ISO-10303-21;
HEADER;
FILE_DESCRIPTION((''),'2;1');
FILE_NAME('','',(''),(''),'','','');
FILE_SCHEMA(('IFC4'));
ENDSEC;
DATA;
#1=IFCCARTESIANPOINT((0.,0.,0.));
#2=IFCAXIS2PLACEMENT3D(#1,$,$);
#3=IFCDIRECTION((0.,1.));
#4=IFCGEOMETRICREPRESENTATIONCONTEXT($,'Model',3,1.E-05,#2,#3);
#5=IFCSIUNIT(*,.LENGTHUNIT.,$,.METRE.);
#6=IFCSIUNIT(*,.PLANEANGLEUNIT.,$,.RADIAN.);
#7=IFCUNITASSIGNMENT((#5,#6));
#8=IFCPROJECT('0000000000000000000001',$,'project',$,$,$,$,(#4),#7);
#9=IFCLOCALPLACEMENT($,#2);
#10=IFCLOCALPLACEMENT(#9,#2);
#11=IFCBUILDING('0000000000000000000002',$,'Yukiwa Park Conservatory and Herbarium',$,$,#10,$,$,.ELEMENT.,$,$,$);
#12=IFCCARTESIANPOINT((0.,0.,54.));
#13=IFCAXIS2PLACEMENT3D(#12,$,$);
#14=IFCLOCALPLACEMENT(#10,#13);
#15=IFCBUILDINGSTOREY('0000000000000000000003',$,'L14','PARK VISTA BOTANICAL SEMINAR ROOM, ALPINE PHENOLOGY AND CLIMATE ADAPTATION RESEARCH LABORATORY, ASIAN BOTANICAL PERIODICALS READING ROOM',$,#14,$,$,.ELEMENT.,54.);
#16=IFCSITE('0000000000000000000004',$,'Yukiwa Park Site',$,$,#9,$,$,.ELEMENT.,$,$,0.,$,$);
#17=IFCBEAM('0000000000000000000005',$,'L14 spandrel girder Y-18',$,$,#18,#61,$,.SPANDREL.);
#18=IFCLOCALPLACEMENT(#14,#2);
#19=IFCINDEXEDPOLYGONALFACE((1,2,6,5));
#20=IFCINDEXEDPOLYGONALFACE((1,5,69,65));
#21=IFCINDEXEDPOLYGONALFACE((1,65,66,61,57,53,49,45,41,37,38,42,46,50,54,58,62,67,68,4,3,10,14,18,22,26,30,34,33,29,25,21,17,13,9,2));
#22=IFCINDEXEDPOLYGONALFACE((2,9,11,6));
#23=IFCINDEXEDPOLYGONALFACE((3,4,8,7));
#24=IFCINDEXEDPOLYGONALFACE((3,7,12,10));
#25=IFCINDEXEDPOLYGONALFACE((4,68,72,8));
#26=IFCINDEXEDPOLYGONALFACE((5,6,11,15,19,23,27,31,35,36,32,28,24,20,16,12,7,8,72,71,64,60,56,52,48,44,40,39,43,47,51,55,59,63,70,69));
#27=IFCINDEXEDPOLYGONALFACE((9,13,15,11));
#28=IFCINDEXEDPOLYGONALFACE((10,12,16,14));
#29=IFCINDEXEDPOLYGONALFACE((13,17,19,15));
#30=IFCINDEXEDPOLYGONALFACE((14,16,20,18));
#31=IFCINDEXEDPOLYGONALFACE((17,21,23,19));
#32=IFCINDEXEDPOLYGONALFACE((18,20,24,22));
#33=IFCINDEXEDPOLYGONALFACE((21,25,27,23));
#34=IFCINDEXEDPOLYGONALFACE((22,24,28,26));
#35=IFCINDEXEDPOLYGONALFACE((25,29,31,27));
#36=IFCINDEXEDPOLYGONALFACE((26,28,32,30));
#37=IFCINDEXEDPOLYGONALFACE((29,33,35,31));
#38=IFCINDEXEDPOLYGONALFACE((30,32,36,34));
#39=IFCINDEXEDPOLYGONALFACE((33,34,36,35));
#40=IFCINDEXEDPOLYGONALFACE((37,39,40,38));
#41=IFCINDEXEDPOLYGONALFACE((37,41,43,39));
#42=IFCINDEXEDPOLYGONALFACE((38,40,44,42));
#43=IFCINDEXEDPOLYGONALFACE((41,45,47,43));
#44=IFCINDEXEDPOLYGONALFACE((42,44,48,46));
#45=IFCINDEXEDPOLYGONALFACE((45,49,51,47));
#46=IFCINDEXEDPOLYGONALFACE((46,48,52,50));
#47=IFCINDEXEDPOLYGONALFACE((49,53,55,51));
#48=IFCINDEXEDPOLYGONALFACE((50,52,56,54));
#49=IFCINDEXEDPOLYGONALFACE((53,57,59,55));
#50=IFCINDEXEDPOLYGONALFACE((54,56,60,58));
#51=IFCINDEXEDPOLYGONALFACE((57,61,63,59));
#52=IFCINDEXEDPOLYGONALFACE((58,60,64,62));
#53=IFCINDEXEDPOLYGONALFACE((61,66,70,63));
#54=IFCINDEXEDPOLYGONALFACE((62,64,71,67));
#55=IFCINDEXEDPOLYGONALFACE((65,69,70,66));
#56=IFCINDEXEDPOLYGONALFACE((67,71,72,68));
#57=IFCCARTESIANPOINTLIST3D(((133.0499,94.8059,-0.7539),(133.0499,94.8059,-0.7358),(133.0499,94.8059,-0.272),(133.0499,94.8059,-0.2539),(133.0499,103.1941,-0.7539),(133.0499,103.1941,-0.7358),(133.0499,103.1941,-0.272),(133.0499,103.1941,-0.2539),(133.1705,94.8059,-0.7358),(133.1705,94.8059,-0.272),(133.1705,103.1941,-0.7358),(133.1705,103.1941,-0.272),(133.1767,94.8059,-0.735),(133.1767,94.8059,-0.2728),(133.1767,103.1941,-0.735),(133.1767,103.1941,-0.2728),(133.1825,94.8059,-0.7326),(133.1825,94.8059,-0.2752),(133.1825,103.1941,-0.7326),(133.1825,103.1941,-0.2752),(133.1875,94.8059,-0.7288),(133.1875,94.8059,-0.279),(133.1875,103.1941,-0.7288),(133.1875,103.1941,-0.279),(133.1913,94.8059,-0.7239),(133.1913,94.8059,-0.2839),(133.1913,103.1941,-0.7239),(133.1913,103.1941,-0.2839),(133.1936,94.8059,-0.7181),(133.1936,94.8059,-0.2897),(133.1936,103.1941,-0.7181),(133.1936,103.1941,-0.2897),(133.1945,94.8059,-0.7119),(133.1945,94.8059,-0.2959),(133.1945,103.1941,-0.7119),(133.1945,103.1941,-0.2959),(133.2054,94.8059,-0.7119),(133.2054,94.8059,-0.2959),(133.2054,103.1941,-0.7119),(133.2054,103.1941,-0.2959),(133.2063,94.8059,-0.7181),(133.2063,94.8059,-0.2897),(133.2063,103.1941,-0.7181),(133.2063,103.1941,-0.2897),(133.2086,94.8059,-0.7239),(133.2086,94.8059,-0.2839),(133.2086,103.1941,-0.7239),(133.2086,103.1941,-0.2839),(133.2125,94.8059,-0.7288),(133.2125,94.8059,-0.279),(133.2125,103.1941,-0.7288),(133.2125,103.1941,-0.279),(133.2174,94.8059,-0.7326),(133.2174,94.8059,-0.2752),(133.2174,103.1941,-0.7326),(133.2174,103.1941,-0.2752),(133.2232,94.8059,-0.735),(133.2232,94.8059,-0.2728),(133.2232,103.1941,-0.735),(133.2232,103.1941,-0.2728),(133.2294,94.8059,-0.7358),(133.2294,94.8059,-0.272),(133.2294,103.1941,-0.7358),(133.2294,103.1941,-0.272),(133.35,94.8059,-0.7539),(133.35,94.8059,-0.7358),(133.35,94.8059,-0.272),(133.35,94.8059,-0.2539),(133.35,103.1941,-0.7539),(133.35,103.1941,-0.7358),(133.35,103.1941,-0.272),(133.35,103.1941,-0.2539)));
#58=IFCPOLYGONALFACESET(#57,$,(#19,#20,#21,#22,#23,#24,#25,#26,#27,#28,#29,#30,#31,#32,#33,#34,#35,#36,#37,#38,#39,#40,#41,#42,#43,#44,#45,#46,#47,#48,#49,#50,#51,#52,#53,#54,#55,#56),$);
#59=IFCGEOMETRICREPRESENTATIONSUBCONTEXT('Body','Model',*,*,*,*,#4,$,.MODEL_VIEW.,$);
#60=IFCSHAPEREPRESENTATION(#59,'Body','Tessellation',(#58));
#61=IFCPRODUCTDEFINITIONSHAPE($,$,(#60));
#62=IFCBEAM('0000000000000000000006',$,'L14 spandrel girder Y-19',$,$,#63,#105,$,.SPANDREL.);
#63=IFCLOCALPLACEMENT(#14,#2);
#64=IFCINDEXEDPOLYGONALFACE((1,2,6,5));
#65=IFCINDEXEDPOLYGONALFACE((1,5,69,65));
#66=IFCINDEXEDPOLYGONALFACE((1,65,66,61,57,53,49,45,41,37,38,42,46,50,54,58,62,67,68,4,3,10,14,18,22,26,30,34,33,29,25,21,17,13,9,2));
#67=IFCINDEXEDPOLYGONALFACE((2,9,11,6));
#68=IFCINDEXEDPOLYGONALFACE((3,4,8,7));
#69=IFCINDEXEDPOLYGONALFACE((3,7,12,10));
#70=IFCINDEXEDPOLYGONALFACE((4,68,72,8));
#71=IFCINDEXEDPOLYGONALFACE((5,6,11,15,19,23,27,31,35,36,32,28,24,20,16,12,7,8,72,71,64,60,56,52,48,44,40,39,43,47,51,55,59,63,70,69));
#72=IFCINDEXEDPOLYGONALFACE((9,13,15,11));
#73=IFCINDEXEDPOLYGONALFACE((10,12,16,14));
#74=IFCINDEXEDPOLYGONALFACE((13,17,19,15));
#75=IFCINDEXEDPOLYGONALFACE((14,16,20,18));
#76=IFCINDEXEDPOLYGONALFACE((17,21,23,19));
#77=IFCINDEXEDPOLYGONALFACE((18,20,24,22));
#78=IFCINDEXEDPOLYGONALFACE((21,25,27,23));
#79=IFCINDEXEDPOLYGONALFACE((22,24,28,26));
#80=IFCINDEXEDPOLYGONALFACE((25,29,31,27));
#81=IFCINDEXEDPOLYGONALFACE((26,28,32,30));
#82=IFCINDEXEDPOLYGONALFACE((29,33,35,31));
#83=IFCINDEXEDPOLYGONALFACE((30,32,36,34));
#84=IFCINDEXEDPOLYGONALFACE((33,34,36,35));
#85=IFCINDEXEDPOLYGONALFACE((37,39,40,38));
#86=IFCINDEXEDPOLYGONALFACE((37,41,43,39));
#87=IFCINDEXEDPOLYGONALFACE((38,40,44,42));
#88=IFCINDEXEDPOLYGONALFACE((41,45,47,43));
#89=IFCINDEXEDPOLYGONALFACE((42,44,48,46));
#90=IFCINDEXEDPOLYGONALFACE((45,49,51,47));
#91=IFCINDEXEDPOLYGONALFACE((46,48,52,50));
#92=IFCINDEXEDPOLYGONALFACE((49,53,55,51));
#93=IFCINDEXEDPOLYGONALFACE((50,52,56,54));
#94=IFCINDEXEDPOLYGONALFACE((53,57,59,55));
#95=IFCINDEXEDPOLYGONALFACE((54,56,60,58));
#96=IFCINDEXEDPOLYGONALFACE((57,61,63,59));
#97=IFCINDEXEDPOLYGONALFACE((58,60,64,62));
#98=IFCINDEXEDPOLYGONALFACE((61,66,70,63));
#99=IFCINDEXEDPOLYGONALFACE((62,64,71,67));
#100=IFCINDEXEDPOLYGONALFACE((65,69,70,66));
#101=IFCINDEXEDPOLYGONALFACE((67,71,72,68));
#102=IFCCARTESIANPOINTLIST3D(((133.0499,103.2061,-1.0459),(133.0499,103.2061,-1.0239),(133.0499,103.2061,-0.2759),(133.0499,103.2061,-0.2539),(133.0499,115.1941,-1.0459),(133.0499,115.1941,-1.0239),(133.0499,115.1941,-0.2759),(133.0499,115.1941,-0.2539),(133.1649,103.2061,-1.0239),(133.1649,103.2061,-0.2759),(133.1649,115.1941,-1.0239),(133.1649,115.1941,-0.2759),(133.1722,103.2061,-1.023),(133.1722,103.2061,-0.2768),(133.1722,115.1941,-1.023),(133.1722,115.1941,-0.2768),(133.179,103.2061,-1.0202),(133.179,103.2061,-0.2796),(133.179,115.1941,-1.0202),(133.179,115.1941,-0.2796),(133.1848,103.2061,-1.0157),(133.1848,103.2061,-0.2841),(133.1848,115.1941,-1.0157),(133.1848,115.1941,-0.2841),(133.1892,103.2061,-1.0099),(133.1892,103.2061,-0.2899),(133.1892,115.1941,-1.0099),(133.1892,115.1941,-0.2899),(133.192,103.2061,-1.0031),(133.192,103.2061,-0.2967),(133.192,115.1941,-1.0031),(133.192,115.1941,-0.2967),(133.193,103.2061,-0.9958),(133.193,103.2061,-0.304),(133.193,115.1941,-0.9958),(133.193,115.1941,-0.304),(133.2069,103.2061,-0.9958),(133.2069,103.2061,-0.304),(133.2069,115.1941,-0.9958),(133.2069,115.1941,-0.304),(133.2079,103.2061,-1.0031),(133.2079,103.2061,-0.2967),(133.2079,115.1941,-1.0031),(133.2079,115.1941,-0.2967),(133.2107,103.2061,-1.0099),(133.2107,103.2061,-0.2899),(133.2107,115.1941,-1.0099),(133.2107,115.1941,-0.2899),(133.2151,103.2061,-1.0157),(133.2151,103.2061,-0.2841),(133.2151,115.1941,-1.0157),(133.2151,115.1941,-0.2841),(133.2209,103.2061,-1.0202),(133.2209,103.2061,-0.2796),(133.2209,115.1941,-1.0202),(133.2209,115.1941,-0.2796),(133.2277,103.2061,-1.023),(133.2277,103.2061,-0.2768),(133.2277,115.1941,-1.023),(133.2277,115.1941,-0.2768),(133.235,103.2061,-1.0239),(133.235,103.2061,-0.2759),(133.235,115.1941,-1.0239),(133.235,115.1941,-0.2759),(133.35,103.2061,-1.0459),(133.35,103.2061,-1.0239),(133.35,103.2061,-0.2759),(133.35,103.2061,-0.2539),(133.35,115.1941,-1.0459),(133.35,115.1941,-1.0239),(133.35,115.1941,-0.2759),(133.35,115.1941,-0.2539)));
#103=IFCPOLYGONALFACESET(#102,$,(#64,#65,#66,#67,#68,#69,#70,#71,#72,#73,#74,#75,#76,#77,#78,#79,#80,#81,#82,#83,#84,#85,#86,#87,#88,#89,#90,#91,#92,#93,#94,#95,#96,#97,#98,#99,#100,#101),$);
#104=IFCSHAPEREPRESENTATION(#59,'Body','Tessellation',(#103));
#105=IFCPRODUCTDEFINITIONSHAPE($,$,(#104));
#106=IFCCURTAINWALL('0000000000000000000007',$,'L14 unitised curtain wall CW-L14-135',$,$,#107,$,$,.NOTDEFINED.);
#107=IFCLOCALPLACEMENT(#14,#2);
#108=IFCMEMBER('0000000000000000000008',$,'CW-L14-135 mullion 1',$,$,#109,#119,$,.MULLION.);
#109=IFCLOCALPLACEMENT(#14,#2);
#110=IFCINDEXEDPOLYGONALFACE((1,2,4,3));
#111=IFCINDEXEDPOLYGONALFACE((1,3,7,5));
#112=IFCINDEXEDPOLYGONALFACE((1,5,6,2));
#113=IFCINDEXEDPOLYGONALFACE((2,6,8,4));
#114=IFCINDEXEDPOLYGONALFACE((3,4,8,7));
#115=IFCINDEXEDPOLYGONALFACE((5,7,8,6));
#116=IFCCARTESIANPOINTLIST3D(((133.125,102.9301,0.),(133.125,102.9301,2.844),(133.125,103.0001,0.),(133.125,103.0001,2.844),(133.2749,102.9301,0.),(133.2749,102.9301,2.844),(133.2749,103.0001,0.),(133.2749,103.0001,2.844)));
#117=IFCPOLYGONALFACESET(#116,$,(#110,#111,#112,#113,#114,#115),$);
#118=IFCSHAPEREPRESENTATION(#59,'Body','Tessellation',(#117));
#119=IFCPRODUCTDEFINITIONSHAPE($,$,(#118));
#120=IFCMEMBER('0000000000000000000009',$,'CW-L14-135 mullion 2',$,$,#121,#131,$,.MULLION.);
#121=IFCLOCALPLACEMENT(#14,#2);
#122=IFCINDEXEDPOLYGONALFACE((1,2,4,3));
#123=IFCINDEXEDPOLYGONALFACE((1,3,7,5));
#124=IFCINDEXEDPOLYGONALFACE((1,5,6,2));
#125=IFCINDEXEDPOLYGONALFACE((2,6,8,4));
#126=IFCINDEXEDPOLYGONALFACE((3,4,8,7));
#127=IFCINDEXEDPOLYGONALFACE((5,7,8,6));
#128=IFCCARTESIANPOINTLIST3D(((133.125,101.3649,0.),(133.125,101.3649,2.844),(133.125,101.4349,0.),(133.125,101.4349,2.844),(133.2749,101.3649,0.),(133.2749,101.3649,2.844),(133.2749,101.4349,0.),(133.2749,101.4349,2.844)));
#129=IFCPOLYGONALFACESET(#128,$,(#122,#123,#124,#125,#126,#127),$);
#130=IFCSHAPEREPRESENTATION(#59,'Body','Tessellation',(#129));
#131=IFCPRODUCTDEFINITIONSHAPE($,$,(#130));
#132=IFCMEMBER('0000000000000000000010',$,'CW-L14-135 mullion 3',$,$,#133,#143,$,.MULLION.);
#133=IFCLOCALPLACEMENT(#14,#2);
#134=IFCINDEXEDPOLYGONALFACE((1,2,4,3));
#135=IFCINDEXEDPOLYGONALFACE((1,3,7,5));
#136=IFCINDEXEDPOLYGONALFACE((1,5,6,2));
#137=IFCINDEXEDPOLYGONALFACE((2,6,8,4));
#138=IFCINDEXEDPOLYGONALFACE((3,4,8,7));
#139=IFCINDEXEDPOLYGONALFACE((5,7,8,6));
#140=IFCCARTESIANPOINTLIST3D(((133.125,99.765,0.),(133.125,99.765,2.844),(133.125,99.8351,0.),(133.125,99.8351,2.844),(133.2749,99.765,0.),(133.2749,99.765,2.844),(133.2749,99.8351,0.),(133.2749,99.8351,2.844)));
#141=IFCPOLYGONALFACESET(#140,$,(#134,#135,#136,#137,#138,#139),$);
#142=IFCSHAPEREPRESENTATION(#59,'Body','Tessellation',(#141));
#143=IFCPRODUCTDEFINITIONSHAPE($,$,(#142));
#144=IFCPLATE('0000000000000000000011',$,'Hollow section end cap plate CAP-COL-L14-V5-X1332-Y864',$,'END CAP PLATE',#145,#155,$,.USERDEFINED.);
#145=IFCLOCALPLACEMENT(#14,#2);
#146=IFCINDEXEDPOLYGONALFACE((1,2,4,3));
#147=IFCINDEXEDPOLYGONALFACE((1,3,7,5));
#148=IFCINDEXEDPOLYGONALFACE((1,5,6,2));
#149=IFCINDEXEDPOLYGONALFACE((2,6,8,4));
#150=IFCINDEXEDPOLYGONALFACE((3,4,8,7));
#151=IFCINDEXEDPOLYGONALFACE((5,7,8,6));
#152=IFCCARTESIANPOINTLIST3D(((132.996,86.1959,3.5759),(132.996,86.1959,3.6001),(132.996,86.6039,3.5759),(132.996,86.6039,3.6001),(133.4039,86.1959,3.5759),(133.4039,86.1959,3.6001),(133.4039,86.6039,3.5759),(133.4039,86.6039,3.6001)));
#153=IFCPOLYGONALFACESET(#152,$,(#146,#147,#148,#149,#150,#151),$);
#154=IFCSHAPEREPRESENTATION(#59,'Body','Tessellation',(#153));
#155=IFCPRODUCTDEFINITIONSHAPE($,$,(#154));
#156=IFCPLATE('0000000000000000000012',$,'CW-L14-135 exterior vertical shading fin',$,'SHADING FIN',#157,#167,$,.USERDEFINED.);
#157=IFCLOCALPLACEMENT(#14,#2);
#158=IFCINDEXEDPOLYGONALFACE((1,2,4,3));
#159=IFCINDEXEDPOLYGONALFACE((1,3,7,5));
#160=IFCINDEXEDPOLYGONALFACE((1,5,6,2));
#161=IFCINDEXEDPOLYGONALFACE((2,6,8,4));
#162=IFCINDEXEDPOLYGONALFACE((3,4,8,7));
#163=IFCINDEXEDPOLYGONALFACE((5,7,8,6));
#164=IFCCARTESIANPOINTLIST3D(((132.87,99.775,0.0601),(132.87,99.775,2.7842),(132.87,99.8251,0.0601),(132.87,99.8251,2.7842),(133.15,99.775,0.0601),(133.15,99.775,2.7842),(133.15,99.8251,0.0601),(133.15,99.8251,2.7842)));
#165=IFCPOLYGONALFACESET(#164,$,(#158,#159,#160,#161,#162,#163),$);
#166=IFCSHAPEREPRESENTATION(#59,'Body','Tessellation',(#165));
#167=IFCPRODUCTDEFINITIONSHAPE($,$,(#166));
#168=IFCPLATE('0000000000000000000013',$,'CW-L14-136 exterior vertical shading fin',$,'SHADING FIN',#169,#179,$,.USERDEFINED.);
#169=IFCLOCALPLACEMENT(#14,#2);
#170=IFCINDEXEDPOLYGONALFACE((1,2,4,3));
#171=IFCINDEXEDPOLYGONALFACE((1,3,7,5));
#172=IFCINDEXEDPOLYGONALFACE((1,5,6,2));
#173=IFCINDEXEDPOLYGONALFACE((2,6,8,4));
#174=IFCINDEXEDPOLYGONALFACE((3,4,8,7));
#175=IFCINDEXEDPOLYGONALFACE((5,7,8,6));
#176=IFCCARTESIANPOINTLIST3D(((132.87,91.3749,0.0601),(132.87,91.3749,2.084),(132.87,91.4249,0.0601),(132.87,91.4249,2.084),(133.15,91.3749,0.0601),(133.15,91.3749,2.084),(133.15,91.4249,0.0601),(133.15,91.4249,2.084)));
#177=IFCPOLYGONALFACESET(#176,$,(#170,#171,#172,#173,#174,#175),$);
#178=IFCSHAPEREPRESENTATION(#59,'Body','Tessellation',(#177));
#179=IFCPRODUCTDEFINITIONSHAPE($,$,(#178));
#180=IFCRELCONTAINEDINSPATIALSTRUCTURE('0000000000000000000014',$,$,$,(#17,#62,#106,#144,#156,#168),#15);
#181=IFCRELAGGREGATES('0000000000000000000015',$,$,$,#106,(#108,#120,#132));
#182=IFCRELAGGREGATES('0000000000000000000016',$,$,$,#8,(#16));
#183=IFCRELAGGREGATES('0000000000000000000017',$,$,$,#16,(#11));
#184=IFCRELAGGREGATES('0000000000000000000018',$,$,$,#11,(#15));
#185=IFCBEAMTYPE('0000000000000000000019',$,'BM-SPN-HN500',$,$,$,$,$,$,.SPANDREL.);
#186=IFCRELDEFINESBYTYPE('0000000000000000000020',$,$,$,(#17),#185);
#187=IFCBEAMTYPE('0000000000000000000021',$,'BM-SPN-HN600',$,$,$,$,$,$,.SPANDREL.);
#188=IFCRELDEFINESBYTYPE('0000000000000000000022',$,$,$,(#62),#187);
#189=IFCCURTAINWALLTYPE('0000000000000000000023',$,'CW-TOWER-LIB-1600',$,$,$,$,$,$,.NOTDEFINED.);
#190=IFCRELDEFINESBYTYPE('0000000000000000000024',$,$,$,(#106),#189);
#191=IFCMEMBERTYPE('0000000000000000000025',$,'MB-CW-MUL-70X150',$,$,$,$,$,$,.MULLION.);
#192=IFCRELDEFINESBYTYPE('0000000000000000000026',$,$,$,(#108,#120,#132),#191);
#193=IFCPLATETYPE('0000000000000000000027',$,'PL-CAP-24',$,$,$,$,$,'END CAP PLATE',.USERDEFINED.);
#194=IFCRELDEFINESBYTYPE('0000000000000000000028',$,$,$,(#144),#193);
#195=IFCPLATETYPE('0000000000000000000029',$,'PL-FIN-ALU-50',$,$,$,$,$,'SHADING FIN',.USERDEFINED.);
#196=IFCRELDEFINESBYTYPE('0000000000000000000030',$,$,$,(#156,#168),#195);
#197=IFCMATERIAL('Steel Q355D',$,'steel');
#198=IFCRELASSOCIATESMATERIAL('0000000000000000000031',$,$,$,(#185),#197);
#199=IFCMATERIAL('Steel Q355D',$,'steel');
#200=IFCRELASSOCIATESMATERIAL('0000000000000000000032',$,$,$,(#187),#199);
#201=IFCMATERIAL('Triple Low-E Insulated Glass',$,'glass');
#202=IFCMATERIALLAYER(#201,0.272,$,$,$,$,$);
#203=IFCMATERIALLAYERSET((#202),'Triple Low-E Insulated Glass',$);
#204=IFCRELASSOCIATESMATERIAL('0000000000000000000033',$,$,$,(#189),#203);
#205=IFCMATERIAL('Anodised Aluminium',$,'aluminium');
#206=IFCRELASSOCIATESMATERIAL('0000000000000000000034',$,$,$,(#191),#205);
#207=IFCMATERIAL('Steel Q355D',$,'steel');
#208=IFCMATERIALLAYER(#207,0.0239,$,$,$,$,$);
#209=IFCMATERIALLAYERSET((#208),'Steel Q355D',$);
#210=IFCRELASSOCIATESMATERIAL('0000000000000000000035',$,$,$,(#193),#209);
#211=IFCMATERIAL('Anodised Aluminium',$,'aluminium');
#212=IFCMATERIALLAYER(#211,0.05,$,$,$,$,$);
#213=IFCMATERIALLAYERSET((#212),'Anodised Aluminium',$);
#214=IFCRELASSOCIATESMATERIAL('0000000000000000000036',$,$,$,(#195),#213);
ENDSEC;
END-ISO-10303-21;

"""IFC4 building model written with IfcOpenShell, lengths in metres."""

from ifc_helpers import new_model, si_unit, direction, frame, origin, origin_2d, place, context, subcontext, project, spatial, rectangle, i_section, extrude, material, layer, layer_set, material_profile, profile_set, type_object, element, aggregate, save


model = new_model("IFC4")

# Units and contexts
model_context = context("Model", 3, precision=1e-05, world=origin(), true_north=direction((0.0, 1.0)))
body_context = subcontext(model_context, "Body", "Model", "MODEL_VIEW")
ifc_project = project(units=[si_unit("LENGTHUNIT", "METRE"), si_unit("PLANEANGLEUNIT", "RADIAN")], contexts=[model_context])

# Site, building, storey
site_placement = place(None, origin())
site = spatial("IfcSite", under=ifc_project, at=site_placement, Name="Yukiwa Park Site", CompositionType="ELEMENT", RefElevation=0.0)
building_placement = place(site_placement, origin())
building = spatial("IfcBuilding", under=site, at=building_placement, Name="Yukiwa Park Conservatory and Herbarium", CompositionType="ELEMENT")
storey_placement = place(building_placement, frame((0.0, 0.0, 54.0)))
storey = spatial("IfcBuildingStorey", under=building, at=storey_placement, Name="L14", Description="PARK VISTA BOTANICAL SEMINAR ROOM, ALPINE PHENOLOGY AND CLIMATE ADAPTATION RESEARCH LABORATORY, ASIAN BOTANICAL PERIODICALS READING ROOM", CompositionType="ELEMENT", Elevation=54.0)

# Beams
ifc_material_1 = material(Name="Steel Q355D", Category="steel")
ifc_material_profile_1 = material_profile(ifc_material_1, i_section(OverallWidth=0.3, OverallDepth=0.5, WebThickness=0.011, FlangeThickness=0.0181, FilletRadius=0.0239, at=origin_2d()), Name="HM 500x300x11x18")
ifc_profile_set_1 = profile_set([ifc_material_profile_1], Name="Steel Q355D")
beam_type_1 = type_object("IfcBeamType", Name="BM-SPN-HN500", PredefinedType="SPANDREL", material=ifc_profile_set_1)
beam_1_placement = place(storey_placement, frame((133.2, 94.8059, -0.5039), z_axis=(0.0, 1.0, 0.0), x_axis=(-1.0, 0.0, 0.0)))
element("IfcBeam", 1, at=beam_1_placement, inside=storey, type_object=beam_type_1, Name="L14 spandrel girder Y-18", PredefinedType="SPANDREL", context=body_context, shape_type="SweptSolid", body=[
    extrude(i_section(OverallWidth=0.3, OverallDepth=0.5, WebThickness=0.011, FlangeThickness=0.0181, FilletRadius=0.0239, at=origin_2d()), origin(), (0.0, 0.0, 1.0), 8.3882),
])
ifc_material_2 = material(Name="Steel Q355D", Category="steel")
ifc_material_profile_2 = material_profile(ifc_material_2, i_section(OverallWidth=0.3, OverallDepth=0.792, WebThickness=0.0139, FlangeThickness=0.022, FilletRadius=0.0281, at=origin_2d()), Name="HN 792x300x14x22")
ifc_profile_set_2 = profile_set([ifc_material_profile_2], Name="Steel Q355D")
beam_type_2 = type_object("IfcBeamType", Name="BM-SPN-HN600", PredefinedType="SPANDREL", material=ifc_profile_set_2)
beam_2_placement = place(storey_placement, frame((133.2, 103.2061, -0.6499), z_axis=(0.0, 1.0, 0.0), x_axis=(-1.0, 0.0, 0.0)))
element("IfcBeam", 2, at=beam_2_placement, inside=storey, type_object=beam_type_2, Name="L14 spandrel girder Y-19", PredefinedType="SPANDREL", context=body_context, shape_type="SweptSolid", body=[
    extrude(i_section(OverallWidth=0.3, OverallDepth=0.792, WebThickness=0.0139, FlangeThickness=0.022, FilletRadius=0.0281, at=origin_2d()), origin(), (0.0, 0.0, 1.0), 11.988),
])

# Curtain wall, members
ifc_material_3 = material(Name="Triple Low-E Insulated Glass", Category="glass")
ifc_layer_1 = layer(ifc_material_3, 0.272)
ifc_layer_set_1 = layer_set([ifc_layer_1], Name="Triple Low-E Insulated Glass")
curtain_wall_type = type_object("IfcCurtainWallType", Name="CW-TOWER-LIB-1600", PredefinedType="NOTDEFINED", material=ifc_layer_set_1)
curtain_wall_placement = place(storey_placement, origin())
curtain_wall = element("IfcCurtainWall", 3, at=curtain_wall_placement, inside=storey, type_object=curtain_wall_type, Name="L14 unitised curtain wall CW-L14-135", PredefinedType="NOTDEFINED")
ifc_material_4 = material(Name="Anodised Aluminium", Category="aluminium")
member_type = type_object("IfcMemberType", Name="MB-CW-MUL-70X150", PredefinedType="MULLION", material=ifc_material_4)
member_1_placement = place(storey_placement, frame((133.2, 102.9651, 0.0), z_axis=(0.0, 0.0, 1.0), x_axis=(0.0, -1.0, 0.0)))
member_1 = element("IfcMember", 4, at=member_1_placement, type_object=member_type, Name="CW-L14-135 mullion 1", PredefinedType="MULLION", context=body_context, shape_type="SweptSolid", body=[
    extrude(rectangle(XDim=0.0701, YDim=0.1499, at=origin_2d()), origin(), (0.0, 0.0, 1.0), 2.844),
])
member_2_placement = place(storey_placement, frame((133.2, 101.3999, 0.0), z_axis=(0.0, 0.0, 1.0), x_axis=(0.0, -1.0, 0.0)))
member_2 = element("IfcMember", 5, at=member_2_placement, type_object=member_type, Name="CW-L14-135 mullion 2", PredefinedType="MULLION", context=body_context, shape_type="SweptSolid", body=[
    extrude(rectangle(XDim=0.0701, YDim=0.1499, at=origin_2d()), origin(), (0.0, 0.0, 1.0), 2.844),
])
member_3_placement = place(storey_placement, frame((133.2, 99.8, 0.0), z_axis=(0.0, 0.0, 1.0), x_axis=(0.0, -1.0, 0.0)))
member_3 = element("IfcMember", 6, at=member_3_placement, type_object=member_type, Name="CW-L14-135 mullion 3", PredefinedType="MULLION", context=body_context, shape_type="SweptSolid", body=[
    extrude(rectangle(XDim=0.0701, YDim=0.1499, at=origin_2d()), origin(), (0.0, 0.0, 1.0), 2.844),
])
aggregate(curtain_wall, [member_1, member_2, member_3])

# Plates
ifc_material_5 = material(Name="Steel Q355D", Category="steel")
ifc_layer_2 = layer(ifc_material_5, 0.0239)
ifc_layer_set_2 = layer_set([ifc_layer_2], Name="Steel Q355D")
plate_type_1 = type_object("IfcPlateType", Name="PL-CAP-24", ElementType="END CAP PLATE", PredefinedType="USERDEFINED", material=ifc_layer_set_2)
plate_1_placement = place(storey_placement, frame((133.2, 86.3999, 3.5759), z_axis=(0.0, 0.0, 1.0), x_axis=(1.0, 0.0, 0.0)))
element("IfcPlate", 7, at=plate_1_placement, inside=storey, type_object=plate_type_1, Name="Hollow section end cap plate CAP-COL-L14-V5-X1332-Y864", ObjectType="END CAP PLATE", PredefinedType="USERDEFINED", context=body_context, shape_type="SweptSolid", body=[
    extrude(rectangle(XDim=0.408, YDim=0.408, at=origin_2d()), origin(), (0.0, 0.0, 1.0), 0.0242),
])
ifc_material_6 = material(Name="Anodised Aluminium", Category="aluminium")
ifc_layer_3 = layer(ifc_material_6, 0.05)
ifc_layer_set_3 = layer_set([ifc_layer_3], Name="Anodised Aluminium")
plate_type_2 = type_object("IfcPlateType", Name="PL-FIN-ALU-50", ElementType="SHADING FIN", PredefinedType="USERDEFINED", material=ifc_layer_set_3)
plate_2_placement = place(storey_placement, frame((133.01, 99.8, 0.0601), z_axis=(0.0, 0.0, 1.0), x_axis=(0.0, -1.0, 0.0)))
element("IfcPlate", 8, at=plate_2_placement, inside=storey, type_object=plate_type_2, Name="CW-L14-135 exterior vertical shading fin", ObjectType="SHADING FIN", PredefinedType="USERDEFINED", context=body_context, shape_type="SweptSolid", body=[
    extrude(rectangle(XDim=0.05, YDim=0.28, at=origin_2d()), origin(), (0.0, 0.0, 1.0), 2.7241),
])
plate_3_placement = place(storey_placement, frame((133.01, 91.3999, 0.0601), z_axis=(0.0, 0.0, 1.0), x_axis=(0.0, -1.0, 0.0)))
element("IfcPlate", 9, at=plate_3_placement, inside=storey, type_object=plate_type_2, Name="CW-L14-136 exterior vertical shading fin", ObjectType="SHADING FIN", PredefinedType="USERDEFINED", context=body_context, shape_type="SweptSolid", body=[
    extrude(rectangle(XDim=0.05, YDim=0.28, at=origin_2d()), origin(), (0.0, 0.0, 1.0), 2.0239),
])

save(model, "model.ifc")
